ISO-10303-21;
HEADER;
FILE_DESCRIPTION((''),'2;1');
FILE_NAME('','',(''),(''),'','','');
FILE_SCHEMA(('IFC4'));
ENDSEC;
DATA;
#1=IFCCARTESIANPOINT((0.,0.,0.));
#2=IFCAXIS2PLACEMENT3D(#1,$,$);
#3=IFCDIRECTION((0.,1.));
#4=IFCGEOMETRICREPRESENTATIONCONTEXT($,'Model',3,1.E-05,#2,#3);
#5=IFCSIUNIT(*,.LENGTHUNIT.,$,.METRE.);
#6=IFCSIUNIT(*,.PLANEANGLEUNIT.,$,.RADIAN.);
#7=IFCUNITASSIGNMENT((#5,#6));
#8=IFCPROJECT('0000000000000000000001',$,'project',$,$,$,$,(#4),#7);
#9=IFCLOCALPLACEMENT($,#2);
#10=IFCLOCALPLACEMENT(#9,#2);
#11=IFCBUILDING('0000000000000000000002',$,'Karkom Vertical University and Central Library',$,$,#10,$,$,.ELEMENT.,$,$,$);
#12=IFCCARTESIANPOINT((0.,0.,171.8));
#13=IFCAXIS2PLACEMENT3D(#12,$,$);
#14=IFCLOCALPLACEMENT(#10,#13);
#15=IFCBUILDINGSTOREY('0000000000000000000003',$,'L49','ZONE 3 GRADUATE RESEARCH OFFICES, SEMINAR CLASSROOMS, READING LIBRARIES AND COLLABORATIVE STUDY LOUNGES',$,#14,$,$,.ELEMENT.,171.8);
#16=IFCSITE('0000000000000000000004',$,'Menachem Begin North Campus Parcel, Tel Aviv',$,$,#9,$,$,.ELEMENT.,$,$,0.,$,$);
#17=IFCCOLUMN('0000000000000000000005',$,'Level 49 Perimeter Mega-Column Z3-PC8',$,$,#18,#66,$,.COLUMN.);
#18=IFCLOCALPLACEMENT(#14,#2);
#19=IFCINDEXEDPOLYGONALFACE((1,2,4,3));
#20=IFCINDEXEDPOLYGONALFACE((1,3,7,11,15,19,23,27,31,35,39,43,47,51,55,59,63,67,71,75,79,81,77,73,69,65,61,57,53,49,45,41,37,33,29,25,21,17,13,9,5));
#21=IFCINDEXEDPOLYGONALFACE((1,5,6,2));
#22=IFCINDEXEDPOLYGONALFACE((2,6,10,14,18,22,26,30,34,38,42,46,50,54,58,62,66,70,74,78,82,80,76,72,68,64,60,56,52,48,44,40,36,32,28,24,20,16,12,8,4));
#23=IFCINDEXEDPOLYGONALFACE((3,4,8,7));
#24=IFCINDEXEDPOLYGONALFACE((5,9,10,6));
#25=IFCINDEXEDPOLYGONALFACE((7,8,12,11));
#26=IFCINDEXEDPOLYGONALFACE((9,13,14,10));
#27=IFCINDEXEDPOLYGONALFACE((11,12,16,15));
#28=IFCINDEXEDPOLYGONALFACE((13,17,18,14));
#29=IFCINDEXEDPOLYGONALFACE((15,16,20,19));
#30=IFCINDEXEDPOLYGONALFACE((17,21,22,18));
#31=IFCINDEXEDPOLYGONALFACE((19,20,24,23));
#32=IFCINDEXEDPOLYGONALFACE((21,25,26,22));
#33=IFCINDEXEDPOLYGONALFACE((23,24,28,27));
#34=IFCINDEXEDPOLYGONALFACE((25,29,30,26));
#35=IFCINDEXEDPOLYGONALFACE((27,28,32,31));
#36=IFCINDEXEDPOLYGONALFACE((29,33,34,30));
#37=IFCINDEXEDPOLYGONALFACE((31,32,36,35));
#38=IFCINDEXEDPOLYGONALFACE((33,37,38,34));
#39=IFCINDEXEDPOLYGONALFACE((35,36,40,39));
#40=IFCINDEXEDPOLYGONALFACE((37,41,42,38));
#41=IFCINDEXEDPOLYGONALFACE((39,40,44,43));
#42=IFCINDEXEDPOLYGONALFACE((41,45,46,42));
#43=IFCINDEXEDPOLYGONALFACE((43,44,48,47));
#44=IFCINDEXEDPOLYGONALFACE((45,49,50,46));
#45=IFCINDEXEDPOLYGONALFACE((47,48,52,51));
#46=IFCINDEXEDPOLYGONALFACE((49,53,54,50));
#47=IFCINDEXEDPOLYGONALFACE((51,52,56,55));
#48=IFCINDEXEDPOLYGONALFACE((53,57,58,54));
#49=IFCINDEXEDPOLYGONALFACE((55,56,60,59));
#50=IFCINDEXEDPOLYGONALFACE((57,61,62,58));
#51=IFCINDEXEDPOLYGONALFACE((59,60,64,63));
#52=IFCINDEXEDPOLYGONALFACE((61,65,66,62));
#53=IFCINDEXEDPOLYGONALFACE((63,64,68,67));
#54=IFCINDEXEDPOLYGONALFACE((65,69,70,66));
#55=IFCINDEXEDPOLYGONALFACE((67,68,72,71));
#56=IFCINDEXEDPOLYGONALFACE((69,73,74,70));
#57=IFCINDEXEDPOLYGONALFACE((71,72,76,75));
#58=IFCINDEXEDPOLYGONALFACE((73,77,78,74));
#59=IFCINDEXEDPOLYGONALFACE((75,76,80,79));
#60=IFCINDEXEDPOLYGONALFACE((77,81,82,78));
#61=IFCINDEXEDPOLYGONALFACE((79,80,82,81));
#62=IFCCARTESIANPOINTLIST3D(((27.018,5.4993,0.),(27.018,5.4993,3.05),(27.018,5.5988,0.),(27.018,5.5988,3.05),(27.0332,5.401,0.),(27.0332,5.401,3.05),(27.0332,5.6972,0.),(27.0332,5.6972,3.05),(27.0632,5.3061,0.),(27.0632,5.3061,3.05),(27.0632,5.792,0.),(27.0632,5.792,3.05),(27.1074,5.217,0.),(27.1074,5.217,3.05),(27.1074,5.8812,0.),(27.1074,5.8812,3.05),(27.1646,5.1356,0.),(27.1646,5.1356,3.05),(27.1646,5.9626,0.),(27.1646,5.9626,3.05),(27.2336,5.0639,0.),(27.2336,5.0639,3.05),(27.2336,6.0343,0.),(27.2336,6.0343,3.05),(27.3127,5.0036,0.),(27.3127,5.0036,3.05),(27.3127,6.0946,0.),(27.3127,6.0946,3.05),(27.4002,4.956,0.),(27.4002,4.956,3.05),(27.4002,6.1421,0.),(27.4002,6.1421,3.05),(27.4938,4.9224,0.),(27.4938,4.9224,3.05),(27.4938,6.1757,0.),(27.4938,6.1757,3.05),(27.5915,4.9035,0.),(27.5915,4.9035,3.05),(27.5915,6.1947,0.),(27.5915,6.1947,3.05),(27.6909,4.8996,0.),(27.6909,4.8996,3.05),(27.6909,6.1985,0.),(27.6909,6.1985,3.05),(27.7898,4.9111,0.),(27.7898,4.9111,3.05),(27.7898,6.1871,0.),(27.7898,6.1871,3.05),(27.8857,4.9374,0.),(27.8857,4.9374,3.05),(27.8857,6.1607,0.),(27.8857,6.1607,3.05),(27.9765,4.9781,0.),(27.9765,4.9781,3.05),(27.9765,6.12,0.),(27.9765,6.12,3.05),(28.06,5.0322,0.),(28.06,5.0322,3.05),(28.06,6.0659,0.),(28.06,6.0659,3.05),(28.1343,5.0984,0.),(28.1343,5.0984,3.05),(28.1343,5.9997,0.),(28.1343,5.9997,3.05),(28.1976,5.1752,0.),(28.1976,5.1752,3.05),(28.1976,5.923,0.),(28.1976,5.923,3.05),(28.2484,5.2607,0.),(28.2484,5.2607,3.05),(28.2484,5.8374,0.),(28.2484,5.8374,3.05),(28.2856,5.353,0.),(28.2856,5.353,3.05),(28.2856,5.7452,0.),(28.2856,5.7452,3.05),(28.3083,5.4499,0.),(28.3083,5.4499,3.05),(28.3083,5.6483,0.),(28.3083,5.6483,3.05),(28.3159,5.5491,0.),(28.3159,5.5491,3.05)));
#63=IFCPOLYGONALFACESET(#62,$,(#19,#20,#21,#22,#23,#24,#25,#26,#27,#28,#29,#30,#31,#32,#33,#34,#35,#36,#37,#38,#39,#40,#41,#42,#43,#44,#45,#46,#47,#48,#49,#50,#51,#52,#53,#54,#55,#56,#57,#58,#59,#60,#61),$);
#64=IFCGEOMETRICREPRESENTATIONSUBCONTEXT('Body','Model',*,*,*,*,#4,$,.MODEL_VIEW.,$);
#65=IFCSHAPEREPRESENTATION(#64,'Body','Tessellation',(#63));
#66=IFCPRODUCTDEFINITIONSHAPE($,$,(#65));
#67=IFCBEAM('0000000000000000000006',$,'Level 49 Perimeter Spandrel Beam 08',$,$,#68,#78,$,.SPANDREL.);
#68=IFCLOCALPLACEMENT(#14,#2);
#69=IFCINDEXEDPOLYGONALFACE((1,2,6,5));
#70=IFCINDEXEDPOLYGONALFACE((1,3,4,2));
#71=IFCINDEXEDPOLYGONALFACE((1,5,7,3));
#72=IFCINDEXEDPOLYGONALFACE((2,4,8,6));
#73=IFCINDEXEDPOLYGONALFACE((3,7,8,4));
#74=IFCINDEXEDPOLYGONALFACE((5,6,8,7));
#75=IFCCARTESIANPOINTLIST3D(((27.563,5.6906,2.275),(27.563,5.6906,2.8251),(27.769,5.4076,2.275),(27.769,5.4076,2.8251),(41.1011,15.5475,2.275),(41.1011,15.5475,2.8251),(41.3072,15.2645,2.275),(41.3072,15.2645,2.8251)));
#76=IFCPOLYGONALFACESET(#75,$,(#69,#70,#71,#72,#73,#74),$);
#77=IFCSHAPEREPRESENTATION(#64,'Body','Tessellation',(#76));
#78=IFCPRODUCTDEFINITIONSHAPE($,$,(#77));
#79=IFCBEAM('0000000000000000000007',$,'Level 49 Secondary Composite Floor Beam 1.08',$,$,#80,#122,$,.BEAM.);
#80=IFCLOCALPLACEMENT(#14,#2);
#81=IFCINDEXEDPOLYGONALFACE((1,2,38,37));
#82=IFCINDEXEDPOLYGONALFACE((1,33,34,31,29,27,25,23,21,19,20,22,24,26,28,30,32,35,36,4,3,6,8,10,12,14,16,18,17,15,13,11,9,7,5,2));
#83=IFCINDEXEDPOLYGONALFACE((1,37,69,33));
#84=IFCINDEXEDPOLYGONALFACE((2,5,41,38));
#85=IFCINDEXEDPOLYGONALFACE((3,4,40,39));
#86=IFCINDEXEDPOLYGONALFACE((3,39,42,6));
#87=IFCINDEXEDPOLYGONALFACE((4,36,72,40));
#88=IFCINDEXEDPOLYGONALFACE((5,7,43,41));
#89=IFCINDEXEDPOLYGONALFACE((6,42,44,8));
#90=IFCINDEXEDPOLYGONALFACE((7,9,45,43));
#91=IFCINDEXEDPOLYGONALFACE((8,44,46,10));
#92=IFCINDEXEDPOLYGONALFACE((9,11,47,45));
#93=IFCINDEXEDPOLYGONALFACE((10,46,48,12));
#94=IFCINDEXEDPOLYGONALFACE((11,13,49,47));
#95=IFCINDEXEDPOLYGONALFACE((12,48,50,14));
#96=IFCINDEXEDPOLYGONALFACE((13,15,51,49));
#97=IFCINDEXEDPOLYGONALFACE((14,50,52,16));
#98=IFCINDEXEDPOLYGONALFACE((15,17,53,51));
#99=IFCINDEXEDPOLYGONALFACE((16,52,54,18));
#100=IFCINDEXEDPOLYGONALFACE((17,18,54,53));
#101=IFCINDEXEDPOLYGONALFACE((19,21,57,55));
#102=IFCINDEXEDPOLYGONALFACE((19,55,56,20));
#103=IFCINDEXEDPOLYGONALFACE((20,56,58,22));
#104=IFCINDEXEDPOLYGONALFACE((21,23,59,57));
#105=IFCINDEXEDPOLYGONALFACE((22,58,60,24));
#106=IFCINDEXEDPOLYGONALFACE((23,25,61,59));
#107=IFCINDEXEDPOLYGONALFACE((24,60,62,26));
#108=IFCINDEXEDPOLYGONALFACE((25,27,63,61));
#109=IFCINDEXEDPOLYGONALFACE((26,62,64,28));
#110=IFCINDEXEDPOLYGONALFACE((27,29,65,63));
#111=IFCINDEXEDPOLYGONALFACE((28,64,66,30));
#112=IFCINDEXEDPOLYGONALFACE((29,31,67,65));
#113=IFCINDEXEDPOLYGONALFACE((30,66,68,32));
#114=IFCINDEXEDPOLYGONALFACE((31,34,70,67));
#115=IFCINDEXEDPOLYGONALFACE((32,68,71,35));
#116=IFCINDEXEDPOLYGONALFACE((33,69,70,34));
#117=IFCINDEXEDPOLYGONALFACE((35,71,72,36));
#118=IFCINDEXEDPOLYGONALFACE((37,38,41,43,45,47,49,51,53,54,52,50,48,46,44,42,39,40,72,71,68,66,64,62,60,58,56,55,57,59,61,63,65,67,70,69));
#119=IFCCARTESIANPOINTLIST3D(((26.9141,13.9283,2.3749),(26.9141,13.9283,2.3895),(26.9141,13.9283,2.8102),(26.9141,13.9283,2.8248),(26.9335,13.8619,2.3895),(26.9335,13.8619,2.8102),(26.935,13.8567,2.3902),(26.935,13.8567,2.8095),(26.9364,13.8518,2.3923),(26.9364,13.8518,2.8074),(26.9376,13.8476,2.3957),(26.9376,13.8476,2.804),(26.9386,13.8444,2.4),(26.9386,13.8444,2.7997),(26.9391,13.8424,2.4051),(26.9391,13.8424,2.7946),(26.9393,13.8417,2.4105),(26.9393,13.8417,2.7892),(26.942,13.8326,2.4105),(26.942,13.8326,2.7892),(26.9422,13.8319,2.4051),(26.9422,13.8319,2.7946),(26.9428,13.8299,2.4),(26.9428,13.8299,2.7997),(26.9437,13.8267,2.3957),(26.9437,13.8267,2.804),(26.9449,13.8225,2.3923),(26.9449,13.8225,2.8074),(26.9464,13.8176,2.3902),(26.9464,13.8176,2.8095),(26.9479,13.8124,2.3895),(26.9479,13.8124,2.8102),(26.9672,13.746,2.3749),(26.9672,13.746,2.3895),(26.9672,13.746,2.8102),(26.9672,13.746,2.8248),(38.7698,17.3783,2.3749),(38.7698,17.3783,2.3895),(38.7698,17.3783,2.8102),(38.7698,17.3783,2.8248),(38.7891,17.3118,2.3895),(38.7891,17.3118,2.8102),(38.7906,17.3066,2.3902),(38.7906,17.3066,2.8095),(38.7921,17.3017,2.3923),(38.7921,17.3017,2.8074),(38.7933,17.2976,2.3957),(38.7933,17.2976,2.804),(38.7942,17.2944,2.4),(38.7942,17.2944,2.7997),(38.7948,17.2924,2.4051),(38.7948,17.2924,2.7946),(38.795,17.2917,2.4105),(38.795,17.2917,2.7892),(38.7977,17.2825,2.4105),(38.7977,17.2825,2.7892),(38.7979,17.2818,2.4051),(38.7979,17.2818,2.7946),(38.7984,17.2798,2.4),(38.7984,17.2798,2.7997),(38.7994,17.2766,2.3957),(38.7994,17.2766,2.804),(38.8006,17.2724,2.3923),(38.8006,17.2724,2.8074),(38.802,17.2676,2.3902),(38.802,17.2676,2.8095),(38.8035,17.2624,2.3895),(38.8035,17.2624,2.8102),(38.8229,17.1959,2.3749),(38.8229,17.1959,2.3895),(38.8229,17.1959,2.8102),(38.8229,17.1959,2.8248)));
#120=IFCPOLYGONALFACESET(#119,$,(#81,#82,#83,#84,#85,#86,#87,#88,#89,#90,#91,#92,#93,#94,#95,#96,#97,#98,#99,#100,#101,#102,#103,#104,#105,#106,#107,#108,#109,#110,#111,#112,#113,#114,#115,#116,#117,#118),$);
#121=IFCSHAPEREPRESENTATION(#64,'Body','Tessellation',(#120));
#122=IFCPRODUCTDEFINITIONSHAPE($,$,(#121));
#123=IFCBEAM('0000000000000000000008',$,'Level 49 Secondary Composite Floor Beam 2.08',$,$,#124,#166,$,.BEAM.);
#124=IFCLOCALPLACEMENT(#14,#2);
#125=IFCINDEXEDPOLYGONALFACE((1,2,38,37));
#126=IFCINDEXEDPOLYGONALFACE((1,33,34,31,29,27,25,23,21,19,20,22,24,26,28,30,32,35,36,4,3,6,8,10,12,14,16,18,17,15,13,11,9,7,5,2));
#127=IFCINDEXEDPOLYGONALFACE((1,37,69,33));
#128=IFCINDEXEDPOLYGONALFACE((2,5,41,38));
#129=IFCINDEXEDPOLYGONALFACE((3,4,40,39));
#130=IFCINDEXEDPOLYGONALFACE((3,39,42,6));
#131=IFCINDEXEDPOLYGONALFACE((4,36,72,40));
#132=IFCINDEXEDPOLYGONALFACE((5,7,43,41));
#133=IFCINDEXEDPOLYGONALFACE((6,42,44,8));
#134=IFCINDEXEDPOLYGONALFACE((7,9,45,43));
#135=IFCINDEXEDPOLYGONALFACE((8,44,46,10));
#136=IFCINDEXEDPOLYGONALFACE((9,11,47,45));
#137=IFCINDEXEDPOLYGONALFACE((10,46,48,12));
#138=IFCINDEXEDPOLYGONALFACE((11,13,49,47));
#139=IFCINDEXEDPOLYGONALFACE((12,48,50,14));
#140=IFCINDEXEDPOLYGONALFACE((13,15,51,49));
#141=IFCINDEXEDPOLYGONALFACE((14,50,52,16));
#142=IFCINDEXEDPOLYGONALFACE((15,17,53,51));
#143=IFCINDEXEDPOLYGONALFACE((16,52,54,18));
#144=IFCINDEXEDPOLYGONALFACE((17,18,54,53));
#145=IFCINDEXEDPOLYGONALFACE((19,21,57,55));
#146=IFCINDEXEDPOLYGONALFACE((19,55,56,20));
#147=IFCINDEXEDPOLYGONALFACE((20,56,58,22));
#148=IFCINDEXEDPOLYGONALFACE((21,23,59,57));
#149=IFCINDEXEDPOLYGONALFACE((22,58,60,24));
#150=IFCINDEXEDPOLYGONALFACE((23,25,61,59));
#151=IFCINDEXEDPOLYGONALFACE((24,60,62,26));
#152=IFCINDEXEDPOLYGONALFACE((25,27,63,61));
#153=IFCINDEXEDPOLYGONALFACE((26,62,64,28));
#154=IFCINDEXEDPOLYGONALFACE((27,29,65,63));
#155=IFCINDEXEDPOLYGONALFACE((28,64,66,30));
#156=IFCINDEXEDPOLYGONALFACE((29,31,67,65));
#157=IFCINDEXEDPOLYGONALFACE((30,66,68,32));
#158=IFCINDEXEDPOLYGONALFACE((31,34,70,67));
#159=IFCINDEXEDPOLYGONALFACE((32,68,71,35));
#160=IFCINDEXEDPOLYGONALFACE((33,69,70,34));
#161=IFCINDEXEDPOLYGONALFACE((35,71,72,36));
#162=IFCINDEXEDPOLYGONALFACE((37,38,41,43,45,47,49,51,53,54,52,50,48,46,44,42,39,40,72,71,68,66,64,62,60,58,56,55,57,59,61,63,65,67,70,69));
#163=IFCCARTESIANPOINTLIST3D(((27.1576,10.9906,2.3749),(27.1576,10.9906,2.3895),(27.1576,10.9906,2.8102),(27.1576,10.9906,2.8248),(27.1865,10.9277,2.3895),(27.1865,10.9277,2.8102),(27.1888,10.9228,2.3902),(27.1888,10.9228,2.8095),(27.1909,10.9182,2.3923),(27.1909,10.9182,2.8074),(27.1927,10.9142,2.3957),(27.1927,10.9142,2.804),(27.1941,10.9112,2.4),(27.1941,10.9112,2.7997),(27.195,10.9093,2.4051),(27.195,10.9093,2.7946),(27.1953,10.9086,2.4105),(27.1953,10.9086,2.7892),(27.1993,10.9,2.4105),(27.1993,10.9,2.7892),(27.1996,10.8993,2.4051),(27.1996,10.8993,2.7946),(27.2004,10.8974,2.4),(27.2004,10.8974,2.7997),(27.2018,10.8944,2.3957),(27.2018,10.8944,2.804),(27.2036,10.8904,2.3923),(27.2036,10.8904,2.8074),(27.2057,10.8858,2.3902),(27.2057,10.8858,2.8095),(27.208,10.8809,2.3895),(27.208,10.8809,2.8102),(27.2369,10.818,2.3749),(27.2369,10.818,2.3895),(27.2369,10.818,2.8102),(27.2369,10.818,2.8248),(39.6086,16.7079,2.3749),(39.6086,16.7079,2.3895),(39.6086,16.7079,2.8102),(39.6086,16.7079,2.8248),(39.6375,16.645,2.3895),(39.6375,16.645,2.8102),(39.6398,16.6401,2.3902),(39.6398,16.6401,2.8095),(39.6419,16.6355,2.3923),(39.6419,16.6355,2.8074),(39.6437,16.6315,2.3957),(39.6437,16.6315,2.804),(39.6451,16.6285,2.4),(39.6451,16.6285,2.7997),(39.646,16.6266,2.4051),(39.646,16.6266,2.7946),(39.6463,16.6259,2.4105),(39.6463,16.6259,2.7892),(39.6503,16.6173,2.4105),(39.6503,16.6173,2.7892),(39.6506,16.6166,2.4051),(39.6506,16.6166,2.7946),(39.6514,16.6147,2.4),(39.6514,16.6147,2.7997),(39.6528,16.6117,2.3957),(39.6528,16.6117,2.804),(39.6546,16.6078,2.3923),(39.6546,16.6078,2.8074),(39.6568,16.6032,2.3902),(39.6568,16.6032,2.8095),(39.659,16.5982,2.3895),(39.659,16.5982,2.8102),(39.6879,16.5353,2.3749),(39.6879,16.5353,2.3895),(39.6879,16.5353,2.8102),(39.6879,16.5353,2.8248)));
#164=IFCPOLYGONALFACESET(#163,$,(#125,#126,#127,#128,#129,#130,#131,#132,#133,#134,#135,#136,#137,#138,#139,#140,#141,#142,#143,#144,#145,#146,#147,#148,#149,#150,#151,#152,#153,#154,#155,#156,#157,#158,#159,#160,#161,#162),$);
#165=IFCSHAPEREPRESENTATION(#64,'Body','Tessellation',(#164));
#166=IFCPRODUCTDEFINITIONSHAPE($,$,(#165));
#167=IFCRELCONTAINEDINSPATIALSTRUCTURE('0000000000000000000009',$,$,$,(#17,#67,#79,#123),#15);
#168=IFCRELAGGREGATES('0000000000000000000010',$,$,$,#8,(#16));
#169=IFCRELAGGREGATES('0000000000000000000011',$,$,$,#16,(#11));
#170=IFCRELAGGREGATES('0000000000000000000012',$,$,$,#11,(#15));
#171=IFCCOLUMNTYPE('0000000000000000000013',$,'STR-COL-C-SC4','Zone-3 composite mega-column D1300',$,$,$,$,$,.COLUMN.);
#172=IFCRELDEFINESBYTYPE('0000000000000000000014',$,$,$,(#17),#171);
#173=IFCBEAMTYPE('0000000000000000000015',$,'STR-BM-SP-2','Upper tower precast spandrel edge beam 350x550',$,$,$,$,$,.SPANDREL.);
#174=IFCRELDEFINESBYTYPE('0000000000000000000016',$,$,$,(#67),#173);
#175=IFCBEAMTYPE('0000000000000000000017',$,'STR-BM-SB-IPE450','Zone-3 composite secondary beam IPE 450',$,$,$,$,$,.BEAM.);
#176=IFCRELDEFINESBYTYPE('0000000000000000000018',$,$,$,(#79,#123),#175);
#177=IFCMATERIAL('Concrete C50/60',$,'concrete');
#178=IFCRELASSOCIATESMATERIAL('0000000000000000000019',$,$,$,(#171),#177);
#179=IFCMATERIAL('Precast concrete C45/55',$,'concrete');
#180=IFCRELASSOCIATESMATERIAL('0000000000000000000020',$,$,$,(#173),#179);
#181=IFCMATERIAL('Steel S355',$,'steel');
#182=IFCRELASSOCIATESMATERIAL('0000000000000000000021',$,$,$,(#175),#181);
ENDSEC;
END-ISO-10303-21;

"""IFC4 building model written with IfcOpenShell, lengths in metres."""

from ifc_helpers import new_model, si_unit, direction, frame, origin, origin_with_axes, origin_2d, place, context, subcontext, project, spatial, rectangle, circle, i_section, extrude, source, transform, mapped, material, material_profile, profile_set, type_object, element, save


model = new_model("IFC4")

# Units and contexts
model_context = context("Model", 3, precision=1e-05, world=origin(), true_north=direction((0.0, 1.0)))
body_context = subcontext(model_context, "Body", "Model", "MODEL_VIEW")
ifc_project = project(units=[si_unit("LENGTHUNIT", "METRE"), si_unit("PLANEANGLEUNIT", "RADIAN")], contexts=[model_context])

# Site, building, storey
site_placement = place(None, origin())
site = spatial("IfcSite", under=ifc_project, at=site_placement, Name="Menachem Begin North Campus Parcel, Tel Aviv", CompositionType="ELEMENT", RefElevation=0.0)
building_placement = place(site_placement, origin())
building = spatial("IfcBuilding", under=site, at=building_placement, Name="Karkom Vertical University and Central Library", CompositionType="ELEMENT")
storey_placement = place(building_placement, frame((0.0, 0.0, 171.8)))
storey = spatial("IfcBuildingStorey", under=building, at=storey_placement, Name="L49", Description="ZONE 3 GRADUATE RESEARCH OFFICES, SEMINAR CLASSROOMS, READING LIBRARIES AND COLLABORATIVE STUDY LOUNGES", CompositionType="ELEMENT", Elevation=171.8)

# Column
ifc_material_1 = material(Name="Concrete C50/60", Category="concrete")
ifc_material_profile_1 = material_profile(ifc_material_1, circle(Radius=0.6499, at=origin_2d()), Name="CFT-D1300")
ifc_profile_set_1 = profile_set([ifc_material_profile_1], Name="Concrete C50/60")
column_type = type_object("IfcColumnType", Name="STR-COL-C-SC4", Description="Zone-3 composite mega-column D1300", PredefinedType="COLUMN", material=ifc_profile_set_1)
shared_shape_1 = source(origin_with_axes(), body_context, "Body", "SweptSolid", [
    extrude(circle(Radius=0.6499, at=origin_2d()), origin(), (0.0, 0.0, 1.0), 3.05),
])
column_placement = place(storey_placement, frame((27.666, 5.5491, 0.0), z_axis=(0.0, 0.0, 1.0), x_axis=(1.0, 0.0, 0.0)))
element("IfcColumn", 1, at=column_placement, inside=storey, type_object=column_type, Name="Level 49 Perimeter Mega-Column Z3-PC8", PredefinedType="COLUMN", context=body_context, shape_type="MappedRepresentation", body=[
    mapped(shared_shape_1, transform((0.0, 0.0, 0.0), scale=1.0)),
])

# Beams
ifc_material_2 = material(Name="Precast concrete C45/55", Category="concrete")
ifc_material_profile_2 = material_profile(ifc_material_2, rectangle(XDim=0.3501, YDim=0.55, at=origin_2d()), Name="SPB-350x550")
ifc_profile_set_2 = profile_set([ifc_material_profile_2], Name="Precast concrete C45/55")
beam_type_1 = type_object("IfcBeamType", Name="STR-BM-SP-2", Description="Upper tower precast spandrel edge beam 350x550", PredefinedType="SPANDREL", material=ifc_profile_set_2)
shared_shape_2 = source(origin_with_axes(), body_context, "Body", "SweptSolid", [
    extrude(rectangle(XDim=0.3501, YDim=0.55, at=origin_2d()), origin(), (0.0, 0.0, 1.0), 16.7463),
])
beam_1_placement = place(storey_placement, frame((27.666, 5.5491, 2.55), z_axis=(0.808422, 0.588603, 0.0), x_axis=(-0.588603, 0.808422, 0.0)))
element("IfcBeam", 2, at=beam_1_placement, inside=storey, type_object=beam_type_1, Name="Level 49 Perimeter Spandrel Beam 08", PredefinedType="SPANDREL", context=body_context, shape_type="MappedRepresentation", body=[
    mapped(shared_shape_2, transform((0.0, 0.0, 0.0), scale=1.0)),
])
ifc_material_3 = material(Name="Steel S355", Category="steel")
ifc_material_profile_3 = material_profile(ifc_material_3, i_section(OverallWidth=0.1899, OverallDepth=0.45, WebThickness=0.0095, FlangeThickness=0.0146, FilletRadius=0.021, at=origin_2d()), Name="IPE 450")
ifc_profile_set_3 = profile_set([ifc_material_profile_3], Name="Steel S355")
beam_type_2 = type_object("IfcBeamType", Name="STR-BM-SB-IPE450", Description="Zone-3 composite secondary beam IPE 450", PredefinedType="BEAM", material=ifc_profile_set_3)
shared_shape_3 = source(origin_with_axes(), body_context, "Body", "SweptSolid", [
    extrude(i_section(OverallWidth=0.1899, OverallDepth=0.45, WebThickness=0.0095, FlangeThickness=0.0146, FilletRadius=0.021, at=origin_2d()), origin(), (0.0, 0.0, 1.0), 12.3474),
])
beam_2_placement = place(storey_placement, frame((26.9407, 13.8372, 2.5999), z_axis=(0.960173, 0.279405, 0.0), x_axis=(-0.279405, 0.960173, 0.0)))
element("IfcBeam", 3, at=beam_2_placement, inside=storey, type_object=beam_type_2, Name="Level 49 Secondary Composite Floor Beam 1.08", PredefinedType="BEAM", context=body_context, shape_type="MappedRepresentation", body=[
    mapped(shared_shape_3, transform((0.0, 0.0, 0.0), scale=1.0)),
])
shared_shape_4 = source(origin_with_axes(), body_context, "Body", "SweptSolid", [
    extrude(i_section(OverallWidth=0.1899, OverallDepth=0.45, WebThickness=0.0095, FlangeThickness=0.0146, FilletRadius=0.021, at=origin_2d()), origin(), (0.0, 0.0, 1.0), 13.7009),
])
beam_3_placement = place(storey_placement, frame((27.1973, 10.9043, 2.5999), z_axis=(0.908771, 0.417295, 0.0), x_axis=(-0.417295, 0.908771, 0.0)))
element("IfcBeam", 4, at=beam_3_placement, inside=storey, type_object=beam_type_2, Name="Level 49 Secondary Composite Floor Beam 2.08", PredefinedType="BEAM", context=body_context, shape_type="MappedRepresentation", body=[
    mapped(shared_shape_4, transform((0.0, 0.0, 0.0), scale=1.0)),
])

save(model, "model.ifc")
